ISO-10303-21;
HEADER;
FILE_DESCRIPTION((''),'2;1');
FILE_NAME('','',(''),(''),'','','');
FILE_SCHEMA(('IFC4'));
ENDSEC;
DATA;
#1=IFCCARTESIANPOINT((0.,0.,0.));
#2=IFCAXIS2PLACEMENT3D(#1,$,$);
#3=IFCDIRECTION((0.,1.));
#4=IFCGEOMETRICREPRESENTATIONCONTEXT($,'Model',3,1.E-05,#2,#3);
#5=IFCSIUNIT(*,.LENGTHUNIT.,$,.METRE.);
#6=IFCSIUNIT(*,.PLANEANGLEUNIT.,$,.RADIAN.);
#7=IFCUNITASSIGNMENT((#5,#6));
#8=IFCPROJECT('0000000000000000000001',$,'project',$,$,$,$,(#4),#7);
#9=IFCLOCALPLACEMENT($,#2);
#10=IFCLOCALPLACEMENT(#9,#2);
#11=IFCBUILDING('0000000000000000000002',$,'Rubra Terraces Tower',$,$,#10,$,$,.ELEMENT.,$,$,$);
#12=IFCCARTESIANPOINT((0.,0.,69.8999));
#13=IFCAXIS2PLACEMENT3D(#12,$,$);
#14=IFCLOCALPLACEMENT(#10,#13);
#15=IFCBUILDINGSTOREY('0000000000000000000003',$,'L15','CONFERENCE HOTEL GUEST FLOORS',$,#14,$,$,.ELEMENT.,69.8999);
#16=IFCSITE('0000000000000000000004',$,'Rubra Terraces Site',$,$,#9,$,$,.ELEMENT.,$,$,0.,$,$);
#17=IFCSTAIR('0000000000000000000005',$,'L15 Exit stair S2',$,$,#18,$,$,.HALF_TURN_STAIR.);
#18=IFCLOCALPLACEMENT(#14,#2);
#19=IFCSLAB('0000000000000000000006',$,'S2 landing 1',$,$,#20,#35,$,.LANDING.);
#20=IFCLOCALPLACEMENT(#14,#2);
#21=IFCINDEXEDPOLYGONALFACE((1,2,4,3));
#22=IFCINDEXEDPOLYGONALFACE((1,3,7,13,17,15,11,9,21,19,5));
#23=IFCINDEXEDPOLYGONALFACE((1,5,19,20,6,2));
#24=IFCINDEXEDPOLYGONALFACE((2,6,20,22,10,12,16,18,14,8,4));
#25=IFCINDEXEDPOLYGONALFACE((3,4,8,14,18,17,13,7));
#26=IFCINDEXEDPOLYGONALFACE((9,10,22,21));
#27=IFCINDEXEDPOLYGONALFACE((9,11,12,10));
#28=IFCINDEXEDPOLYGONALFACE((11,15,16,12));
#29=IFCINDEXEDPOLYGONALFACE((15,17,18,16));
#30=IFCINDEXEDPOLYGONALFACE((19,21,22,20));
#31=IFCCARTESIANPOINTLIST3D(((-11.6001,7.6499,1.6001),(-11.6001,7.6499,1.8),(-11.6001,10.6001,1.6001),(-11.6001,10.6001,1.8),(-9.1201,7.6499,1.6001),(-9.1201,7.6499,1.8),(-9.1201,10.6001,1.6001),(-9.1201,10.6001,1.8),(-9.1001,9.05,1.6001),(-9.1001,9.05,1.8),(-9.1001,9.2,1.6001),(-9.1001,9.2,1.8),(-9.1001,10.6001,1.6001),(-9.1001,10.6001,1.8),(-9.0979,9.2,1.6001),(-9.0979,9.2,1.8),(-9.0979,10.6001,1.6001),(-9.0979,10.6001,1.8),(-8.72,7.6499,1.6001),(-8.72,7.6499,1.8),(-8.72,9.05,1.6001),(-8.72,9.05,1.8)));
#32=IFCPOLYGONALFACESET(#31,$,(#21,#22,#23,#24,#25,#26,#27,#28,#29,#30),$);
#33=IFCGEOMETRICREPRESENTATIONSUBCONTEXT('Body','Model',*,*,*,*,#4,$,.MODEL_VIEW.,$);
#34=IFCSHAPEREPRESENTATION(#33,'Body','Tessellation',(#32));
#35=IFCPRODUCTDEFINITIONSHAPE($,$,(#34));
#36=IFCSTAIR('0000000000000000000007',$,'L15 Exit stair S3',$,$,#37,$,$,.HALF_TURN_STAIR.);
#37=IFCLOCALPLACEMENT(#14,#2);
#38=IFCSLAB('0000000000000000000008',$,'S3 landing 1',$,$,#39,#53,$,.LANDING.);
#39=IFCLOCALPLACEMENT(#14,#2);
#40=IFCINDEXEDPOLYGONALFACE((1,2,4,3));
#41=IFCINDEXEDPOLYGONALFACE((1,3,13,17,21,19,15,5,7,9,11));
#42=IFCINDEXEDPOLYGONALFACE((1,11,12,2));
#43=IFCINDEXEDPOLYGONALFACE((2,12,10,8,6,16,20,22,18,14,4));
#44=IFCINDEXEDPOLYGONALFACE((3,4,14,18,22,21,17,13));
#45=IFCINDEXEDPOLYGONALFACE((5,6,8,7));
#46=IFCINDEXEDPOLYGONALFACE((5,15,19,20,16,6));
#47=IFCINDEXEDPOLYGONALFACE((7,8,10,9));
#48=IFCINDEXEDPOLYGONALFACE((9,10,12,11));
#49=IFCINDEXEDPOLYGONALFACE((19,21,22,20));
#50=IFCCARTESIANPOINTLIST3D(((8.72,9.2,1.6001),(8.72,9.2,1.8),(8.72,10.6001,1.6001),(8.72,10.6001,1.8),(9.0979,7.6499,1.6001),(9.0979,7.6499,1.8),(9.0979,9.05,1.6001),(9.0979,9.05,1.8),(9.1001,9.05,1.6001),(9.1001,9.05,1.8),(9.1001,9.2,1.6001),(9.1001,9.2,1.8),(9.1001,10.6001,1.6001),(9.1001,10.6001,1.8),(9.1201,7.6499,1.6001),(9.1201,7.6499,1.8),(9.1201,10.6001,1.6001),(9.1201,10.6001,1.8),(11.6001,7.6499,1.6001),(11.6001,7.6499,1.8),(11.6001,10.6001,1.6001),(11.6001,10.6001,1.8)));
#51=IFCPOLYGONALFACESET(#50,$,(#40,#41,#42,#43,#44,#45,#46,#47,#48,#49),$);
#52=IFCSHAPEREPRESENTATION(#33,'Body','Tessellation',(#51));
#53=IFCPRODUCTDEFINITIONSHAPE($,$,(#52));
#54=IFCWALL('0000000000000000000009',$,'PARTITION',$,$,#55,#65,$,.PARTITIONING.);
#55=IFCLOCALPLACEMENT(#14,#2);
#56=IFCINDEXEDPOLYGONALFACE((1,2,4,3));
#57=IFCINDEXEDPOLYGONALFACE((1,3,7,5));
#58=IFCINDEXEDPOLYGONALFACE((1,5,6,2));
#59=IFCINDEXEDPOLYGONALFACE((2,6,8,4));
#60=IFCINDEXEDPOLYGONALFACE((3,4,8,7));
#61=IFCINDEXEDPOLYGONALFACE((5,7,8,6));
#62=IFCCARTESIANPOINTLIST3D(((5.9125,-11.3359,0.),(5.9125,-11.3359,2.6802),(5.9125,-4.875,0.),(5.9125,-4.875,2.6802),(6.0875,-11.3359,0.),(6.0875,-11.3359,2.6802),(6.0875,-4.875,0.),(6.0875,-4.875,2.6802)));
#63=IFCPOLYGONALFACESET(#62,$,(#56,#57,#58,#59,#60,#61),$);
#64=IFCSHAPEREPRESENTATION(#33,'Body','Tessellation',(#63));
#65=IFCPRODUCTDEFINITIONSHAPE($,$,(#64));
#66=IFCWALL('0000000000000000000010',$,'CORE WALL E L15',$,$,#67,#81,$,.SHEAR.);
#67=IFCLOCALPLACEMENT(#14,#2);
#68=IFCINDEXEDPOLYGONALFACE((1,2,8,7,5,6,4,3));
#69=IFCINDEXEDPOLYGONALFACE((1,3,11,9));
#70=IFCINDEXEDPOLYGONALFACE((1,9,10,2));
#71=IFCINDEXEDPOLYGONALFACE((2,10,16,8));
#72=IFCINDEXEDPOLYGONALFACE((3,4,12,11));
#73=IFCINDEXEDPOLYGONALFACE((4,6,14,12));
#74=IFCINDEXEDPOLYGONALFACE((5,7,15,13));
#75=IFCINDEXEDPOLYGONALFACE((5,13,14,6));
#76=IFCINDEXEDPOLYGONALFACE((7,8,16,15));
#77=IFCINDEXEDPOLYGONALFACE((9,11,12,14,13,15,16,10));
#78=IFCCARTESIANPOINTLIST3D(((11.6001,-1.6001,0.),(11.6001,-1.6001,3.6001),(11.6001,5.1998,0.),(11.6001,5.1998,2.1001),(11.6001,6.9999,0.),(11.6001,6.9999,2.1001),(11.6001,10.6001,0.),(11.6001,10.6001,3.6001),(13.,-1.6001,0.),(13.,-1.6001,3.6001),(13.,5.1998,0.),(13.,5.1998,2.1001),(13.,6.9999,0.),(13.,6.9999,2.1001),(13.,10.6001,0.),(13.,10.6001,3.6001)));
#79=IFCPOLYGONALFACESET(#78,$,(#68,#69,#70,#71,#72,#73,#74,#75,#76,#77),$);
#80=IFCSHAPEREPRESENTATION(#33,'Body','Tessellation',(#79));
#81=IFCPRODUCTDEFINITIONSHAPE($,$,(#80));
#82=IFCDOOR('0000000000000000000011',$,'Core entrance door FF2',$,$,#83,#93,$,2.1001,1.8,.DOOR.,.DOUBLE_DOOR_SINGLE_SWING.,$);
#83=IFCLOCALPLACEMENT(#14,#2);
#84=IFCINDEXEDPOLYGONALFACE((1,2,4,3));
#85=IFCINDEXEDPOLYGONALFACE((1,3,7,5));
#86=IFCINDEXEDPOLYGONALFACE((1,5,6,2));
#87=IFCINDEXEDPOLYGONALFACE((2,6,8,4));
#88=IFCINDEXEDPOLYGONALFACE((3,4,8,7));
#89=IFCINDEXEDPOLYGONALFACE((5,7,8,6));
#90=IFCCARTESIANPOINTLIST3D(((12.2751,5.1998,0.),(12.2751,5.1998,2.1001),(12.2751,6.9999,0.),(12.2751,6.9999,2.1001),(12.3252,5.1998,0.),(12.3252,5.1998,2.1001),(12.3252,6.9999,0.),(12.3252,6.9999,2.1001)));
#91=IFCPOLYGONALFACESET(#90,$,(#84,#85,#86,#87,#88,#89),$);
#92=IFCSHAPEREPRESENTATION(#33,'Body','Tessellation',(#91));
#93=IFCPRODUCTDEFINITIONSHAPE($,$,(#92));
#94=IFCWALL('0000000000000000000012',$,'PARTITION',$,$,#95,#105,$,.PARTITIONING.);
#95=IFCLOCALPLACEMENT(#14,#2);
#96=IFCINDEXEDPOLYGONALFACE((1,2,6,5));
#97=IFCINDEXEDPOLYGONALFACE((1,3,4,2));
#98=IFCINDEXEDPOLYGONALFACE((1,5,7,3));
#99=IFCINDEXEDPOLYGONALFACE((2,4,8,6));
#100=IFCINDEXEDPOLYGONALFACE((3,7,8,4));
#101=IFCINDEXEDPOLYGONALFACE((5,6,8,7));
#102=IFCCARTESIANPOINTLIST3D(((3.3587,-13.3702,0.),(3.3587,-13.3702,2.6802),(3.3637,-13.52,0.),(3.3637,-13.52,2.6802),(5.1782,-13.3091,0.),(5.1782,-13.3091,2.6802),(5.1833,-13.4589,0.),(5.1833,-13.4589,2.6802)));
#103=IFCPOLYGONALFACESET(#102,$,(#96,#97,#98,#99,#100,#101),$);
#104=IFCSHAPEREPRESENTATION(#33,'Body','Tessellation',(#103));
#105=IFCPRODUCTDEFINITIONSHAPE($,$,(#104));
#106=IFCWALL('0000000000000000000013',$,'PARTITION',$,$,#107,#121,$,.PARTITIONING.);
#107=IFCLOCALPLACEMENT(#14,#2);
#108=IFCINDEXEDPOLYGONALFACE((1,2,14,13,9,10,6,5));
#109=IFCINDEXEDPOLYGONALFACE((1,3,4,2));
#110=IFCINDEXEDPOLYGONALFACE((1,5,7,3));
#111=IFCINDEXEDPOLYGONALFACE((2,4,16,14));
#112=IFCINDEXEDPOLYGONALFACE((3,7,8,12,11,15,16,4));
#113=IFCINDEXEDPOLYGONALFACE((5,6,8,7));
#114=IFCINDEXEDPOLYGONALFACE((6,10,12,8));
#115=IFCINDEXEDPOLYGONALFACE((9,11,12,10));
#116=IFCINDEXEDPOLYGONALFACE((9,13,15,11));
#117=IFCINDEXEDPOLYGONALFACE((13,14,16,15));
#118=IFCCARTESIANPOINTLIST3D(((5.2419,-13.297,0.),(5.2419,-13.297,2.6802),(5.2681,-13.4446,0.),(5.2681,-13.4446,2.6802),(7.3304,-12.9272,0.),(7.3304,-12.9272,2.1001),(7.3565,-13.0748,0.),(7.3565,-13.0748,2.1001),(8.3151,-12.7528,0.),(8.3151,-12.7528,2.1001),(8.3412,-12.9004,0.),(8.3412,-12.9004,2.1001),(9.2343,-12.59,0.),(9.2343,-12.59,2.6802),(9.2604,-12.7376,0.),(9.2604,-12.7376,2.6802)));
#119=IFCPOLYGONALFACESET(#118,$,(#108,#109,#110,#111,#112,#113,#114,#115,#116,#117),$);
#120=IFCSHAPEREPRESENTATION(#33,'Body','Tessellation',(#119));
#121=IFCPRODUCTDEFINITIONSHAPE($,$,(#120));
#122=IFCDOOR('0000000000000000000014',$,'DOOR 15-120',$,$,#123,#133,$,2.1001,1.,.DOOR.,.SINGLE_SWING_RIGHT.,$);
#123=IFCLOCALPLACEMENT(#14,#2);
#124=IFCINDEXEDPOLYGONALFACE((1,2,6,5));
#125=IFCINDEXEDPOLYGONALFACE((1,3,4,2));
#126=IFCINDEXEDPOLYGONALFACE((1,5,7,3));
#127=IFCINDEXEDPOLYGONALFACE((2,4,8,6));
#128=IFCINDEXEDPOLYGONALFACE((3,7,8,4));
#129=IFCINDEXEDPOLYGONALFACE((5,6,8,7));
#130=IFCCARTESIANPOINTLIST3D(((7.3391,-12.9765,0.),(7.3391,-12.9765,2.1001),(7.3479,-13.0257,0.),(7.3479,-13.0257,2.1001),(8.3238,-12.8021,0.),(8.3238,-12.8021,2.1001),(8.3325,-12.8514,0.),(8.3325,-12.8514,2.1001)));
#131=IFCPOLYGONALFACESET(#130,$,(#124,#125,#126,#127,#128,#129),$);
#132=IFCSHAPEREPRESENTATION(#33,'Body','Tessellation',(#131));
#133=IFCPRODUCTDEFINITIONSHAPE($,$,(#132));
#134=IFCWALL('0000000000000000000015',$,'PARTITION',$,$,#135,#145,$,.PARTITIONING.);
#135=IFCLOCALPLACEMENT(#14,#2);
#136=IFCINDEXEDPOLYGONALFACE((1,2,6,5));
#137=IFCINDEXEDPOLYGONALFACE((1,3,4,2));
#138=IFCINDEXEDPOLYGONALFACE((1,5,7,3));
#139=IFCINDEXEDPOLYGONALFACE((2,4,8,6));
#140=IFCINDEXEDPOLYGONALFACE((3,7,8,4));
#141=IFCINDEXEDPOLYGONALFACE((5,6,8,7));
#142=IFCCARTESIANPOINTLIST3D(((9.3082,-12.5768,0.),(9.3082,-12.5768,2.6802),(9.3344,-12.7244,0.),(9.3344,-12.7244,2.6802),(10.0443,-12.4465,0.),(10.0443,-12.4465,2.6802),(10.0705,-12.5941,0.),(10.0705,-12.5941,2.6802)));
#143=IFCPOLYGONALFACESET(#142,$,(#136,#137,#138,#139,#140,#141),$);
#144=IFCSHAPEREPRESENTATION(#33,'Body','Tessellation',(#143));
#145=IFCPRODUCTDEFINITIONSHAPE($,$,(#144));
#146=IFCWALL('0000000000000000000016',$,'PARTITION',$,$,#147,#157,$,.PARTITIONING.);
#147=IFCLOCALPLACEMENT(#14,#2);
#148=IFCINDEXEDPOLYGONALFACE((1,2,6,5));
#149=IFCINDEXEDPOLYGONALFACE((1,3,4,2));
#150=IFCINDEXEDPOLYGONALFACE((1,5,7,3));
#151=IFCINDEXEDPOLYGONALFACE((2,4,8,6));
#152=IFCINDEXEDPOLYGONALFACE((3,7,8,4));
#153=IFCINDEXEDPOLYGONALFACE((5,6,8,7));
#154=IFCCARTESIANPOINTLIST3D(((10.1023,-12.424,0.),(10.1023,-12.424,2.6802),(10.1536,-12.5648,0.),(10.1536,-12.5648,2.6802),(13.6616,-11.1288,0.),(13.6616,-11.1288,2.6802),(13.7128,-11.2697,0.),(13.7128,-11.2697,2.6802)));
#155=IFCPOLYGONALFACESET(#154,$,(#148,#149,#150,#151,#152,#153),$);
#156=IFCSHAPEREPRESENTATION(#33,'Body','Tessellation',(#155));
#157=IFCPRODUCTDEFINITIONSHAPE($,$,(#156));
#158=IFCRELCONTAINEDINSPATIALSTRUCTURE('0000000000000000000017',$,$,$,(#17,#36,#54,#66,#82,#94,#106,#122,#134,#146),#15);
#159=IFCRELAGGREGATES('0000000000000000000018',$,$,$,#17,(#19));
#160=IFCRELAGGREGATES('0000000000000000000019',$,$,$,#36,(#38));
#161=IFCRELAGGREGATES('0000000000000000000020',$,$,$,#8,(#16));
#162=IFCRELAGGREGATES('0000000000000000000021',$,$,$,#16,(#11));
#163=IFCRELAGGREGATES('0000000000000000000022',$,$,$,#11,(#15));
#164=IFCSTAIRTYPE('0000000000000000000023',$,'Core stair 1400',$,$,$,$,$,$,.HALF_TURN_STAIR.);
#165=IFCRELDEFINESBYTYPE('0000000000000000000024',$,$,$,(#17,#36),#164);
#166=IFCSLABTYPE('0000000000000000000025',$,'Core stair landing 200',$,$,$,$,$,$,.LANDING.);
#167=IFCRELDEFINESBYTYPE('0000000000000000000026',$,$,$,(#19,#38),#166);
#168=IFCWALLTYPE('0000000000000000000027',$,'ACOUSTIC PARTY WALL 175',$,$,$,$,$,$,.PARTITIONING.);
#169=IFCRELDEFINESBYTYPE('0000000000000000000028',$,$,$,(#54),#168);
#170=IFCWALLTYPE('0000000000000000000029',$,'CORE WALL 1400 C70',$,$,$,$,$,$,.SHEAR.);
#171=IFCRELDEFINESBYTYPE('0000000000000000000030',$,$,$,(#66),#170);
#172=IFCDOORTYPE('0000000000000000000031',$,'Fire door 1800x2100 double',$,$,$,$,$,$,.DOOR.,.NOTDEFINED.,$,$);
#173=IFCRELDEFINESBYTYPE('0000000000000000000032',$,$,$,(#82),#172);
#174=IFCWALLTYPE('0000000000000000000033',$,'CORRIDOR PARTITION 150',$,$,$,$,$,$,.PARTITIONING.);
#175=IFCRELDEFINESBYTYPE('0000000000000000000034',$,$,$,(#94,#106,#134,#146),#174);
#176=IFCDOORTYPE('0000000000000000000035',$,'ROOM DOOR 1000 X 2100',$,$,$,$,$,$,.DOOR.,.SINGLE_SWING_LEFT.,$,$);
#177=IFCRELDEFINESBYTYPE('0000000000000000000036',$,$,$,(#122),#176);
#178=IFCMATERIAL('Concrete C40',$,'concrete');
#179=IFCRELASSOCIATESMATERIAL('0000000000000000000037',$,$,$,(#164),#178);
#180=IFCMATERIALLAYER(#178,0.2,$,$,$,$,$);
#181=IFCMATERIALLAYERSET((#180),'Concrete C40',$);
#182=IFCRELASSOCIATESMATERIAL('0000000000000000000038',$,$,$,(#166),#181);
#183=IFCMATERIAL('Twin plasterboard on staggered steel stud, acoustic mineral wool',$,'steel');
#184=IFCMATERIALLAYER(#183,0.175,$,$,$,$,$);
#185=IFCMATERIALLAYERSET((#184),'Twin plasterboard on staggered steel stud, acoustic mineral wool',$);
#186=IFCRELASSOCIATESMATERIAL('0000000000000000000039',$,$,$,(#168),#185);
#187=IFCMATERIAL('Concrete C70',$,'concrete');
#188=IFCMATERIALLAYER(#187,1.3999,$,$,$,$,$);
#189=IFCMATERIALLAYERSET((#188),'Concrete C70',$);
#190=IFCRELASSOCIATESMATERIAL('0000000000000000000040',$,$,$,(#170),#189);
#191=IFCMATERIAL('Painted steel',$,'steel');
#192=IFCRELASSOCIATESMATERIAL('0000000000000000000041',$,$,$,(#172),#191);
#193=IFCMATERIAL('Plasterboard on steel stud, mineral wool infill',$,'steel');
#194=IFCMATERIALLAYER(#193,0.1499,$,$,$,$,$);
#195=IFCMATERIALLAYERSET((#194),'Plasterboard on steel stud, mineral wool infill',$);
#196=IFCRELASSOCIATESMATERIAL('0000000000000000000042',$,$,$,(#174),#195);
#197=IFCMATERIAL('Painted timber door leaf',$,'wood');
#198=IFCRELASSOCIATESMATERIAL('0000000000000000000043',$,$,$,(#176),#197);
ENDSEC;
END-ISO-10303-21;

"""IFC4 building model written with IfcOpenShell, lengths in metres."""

from ifc_helpers import new_model, si_unit, direction, frame, frame_2d, origin, place, context, subcontext, project, spatial, polyline, rectangle, outline, extrude, material, layer, layer_set, type_object, element, fill, aggregate, save


model = new_model("IFC4")

# Units and contexts
model_context = context("Model", 3, precision=1e-05, world=origin(), true_north=direction((0.0, 1.0)))
body_context = subcontext(model_context, "Body", "Model", "MODEL_VIEW")
ifc_project = project(units=[si_unit("LENGTHUNIT", "METRE"), si_unit("PLANEANGLEUNIT", "RADIAN")], contexts=[model_context])

# Site, building, storey
site_placement = place(None, origin())
site = spatial("IfcSite", under=ifc_project, at=site_placement, Name="Rubra Terraces Site", CompositionType="ELEMENT", RefElevation=0.0)
building_placement = place(site_placement, origin())
building = spatial("IfcBuilding", under=site, at=building_placement, Name="Rubra Terraces Tower", CompositionType="ELEMENT")
storey_placement = place(building_placement, frame((0.0, 0.0, 69.8999)))
storey = spatial("IfcBuildingStorey", under=building, at=storey_placement, Name="L15", Description="CONFERENCE HOTEL GUEST FLOORS", CompositionType="ELEMENT", Elevation=69.8999)

# Stairs, slabs
ifc_material_1 = material(Name="Concrete C40", Category="concrete")
stair_type = type_object("IfcStairType", Name="Core stair 1400", PredefinedType="HALF_TURN_STAIR", material=ifc_material_1)
stair_1_placement = place(storey_placement, origin())
stair_1 = element("IfcStair", 1, at=stair_1_placement, inside=storey, type_object=stair_type, Name="L15 Exit stair S2", PredefinedType="HALF_TURN_STAIR")
ifc_layer_1 = layer(ifc_material_1, 0.2)
ifc_layer_set_1 = layer_set([ifc_layer_1], Name="Concrete C40")
slab_type = type_object("IfcSlabType", Name="Core stair landing 200", PredefinedType="LANDING", material=ifc_layer_set_1)
slab_1_placement = place(storey_placement, frame((0.0, 0.0, 1.6001)))
slab_1 = element("IfcSlab", 2, at=slab_1_placement, type_object=slab_type, Name="S2 landing 1", PredefinedType="LANDING", context=body_context, shape_type="SweptSolid", body=[
    extrude(outline(polyline([(-8.72, 9.05), (-8.72, 7.6499), (-9.1201, 7.6499), (-11.6001, 7.6499), (-11.6001, 10.6001), (-9.1201, 10.6001), (-9.1001, 10.6001), (-9.0979, 10.6001), (-9.0979, 9.2), (-9.1001, 9.2), (-9.1001, 9.05), (-8.72, 9.05)])), origin(), (0.0, 0.0, 1.0), 0.2),
])
aggregate(stair_1, [slab_1])
stair_2_placement = place(storey_placement, origin())
stair_2 = element("IfcStair", 3, at=stair_2_placement, inside=storey, type_object=stair_type, Name="L15 Exit stair S3", PredefinedType="HALF_TURN_STAIR")
slab_2_placement = place(storey_placement, frame((0.0, 0.0, 1.6001)))
slab_2 = element("IfcSlab", 4, at=slab_2_placement, type_object=slab_type, Name="S3 landing 1", PredefinedType="LANDING", context=body_context, shape_type="SweptSolid", body=[
    extrude(outline(polyline([(9.1001, 9.05), (9.1001, 9.2), (8.72, 9.2), (8.72, 10.6001), (9.1001, 10.6001), (9.1201, 10.6001), (11.6001, 10.6001), (11.6001, 7.6499), (9.1201, 7.6499), (9.0979, 7.6499), (9.0979, 9.05), (9.1001, 9.05)])), origin(), (0.0, 0.0, 1.0), 0.2),
])
aggregate(stair_2, [slab_2])

# Wall
ifc_material_2 = material(Name="Twin plasterboard on staggered steel stud, acoustic mineral wool", Category="steel")
ifc_layer_2 = layer(ifc_material_2, 0.175)
ifc_layer_set_2 = layer_set([ifc_layer_2], Name="Twin plasterboard on staggered steel stud, acoustic mineral wool")
wall_type_1 = type_object("IfcWallType", Name="ACOUSTIC PARTY WALL 175", PredefinedType="PARTITIONING", material=ifc_layer_set_2)
wall_1_placement = place(storey_placement, frame((6.0, -11.3359, 0.0), z_axis=(0.0, 0.0, 1.0), x_axis=(0.0, 1.0, 0.0)))
element("IfcWall", 5, at=wall_1_placement, inside=storey, type_object=wall_type_1, Name="PARTITION", PredefinedType="PARTITIONING", context=body_context, shape_type="SweptSolid", body=[
    extrude(rectangle(XDim=6.4609, YDim=0.175, at=frame_2d((3.2305, 0.0))), origin(), (0.0, 0.0, 1.0), 2.6802),
])

# Wall, opening, door
ifc_material_3 = material(Name="Concrete C70", Category="concrete")
ifc_layer_3 = layer(ifc_material_3, 1.3999)
ifc_layer_set_3 = layer_set([ifc_layer_3], Name="Concrete C70")
wall_type_2 = type_object("IfcWallType", Name="CORE WALL 1400 C70", PredefinedType="SHEAR", material=ifc_layer_set_3)
wall_2_placement = place(storey_placement, frame((12.3, -1.6001, 0.0), z_axis=(0.0, 0.0, 1.0), x_axis=(0.0, 1.0, 0.0)))
wall_2 = element("IfcWall", 6, at=wall_2_placement, inside=storey, type_object=wall_type_2, Name="CORE WALL E L15", PredefinedType="SHEAR", context=body_context, shape_type="SweptSolid", body=[
    extrude(rectangle(XDim=12.2002, YDim=1.3999, at=frame_2d((6.1001, 0.0))), origin(), (0.0, 0.0, 1.0), 3.6001),
])
opening_1_placement = place(wall_2_placement, frame((6.8, 0.0, 0.0)))
opening_1 = element("IfcOpeningElement", 7, at=opening_1_placement, cuts=wall_2, PredefinedType="OPENING", context=body_context, shape_type="SweptSolid", body=[
    extrude(rectangle(XDim=1.8, YDim=2.1001, at=frame_2d((0.8999, 1.05))), frame((0.0, 0.71, 0.0), z_axis=(0.0, -1.0, 0.0), x_axis=(1.0, 0.0, 0.0)), (0.0, 0.0, 1.0), 1.4199),
])
ifc_material_4 = material(Name="Painted steel", Category="steel")
door_type_1 = type_object("IfcDoorType", Name="Fire door 1800x2100 double", OperationType="NOTDEFINED", PredefinedType="DOOR", material=ifc_material_4)
door_1_placement = place(opening_1_placement, origin())
door_1 = element("IfcDoor", 8, at=door_1_placement, inside=storey, type_object=door_type_1, Name="Core entrance door FF2", OperationType="DOUBLE_DOOR_SINGLE_SWING", OverallHeight=2.1001, OverallWidth=1.8, PredefinedType="DOOR", context=body_context, shape_type="SweptSolid", body=[
    extrude(rectangle(XDim=1.8, YDim=2.1001, at=frame_2d((0.8999, 1.05))), frame((0.0, 0.0249, 0.0), z_axis=(0.0, -1.0, 0.0), x_axis=(1.0, 0.0, 0.0)), (0.0, 0.0, 1.0), 0.05),
])
fill(opening_1, door_1)

# Wall
ifc_material_5 = material(Name="Plasterboard on steel stud, mineral wool infill", Category="steel")
ifc_layer_4 = layer(ifc_material_5, 0.1499)
ifc_layer_set_4 = layer_set([ifc_layer_4], Name="Plasterboard on steel stud, mineral wool infill")
wall_type_3 = type_object("IfcWallType", Name="CORRIDOR PARTITION 150", PredefinedType="PARTITIONING", material=ifc_layer_set_4)
wall_3_placement = place(storey_placement, frame((3.3613, -13.4451, 0.0), z_axis=(0.0, 0.0, 1.0), x_axis=(0.999438, 0.033525, 0.0)))
element("IfcWall", 9, at=wall_3_placement, inside=storey, type_object=wall_type_3, Name="PARTITION", PredefinedType="PARTITIONING", context=body_context, shape_type="SweptSolid", body=[
    extrude(rectangle(XDim=1.8206, YDim=0.1499, at=frame_2d((0.9102, 0.0))), origin(), (0.0, 0.0, 1.0), 2.6802),
])

# Wall, opening, door
wall_4_placement = place(storey_placement, frame((5.2549, -13.3708, 0.0), z_axis=(0.0, 0.0, 1.0), x_axis=(0.984679, 0.17438, 0.0)))
wall_4 = element("IfcWall", 10, at=wall_4_placement, inside=storey, type_object=wall_type_3, Name="PARTITION", PredefinedType="PARTITIONING", context=body_context, shape_type="SweptSolid", body=[
    extrude(rectangle(XDim=4.0544, YDim=0.1499, at=frame_2d((2.0273, 0.0))), origin(), (0.0, 0.0, 1.0), 2.6802),
])
opening_2_placement = place(wall_4_placement, frame((2.1211, 0.0, 0.0)))
opening_2 = element("IfcOpeningElement", 11, at=opening_2_placement, cuts=wall_4, PredefinedType="OPENING", context=body_context, shape_type="SweptSolid", body=[
    extrude(rectangle(XDim=1.0, YDim=2.1001, at=frame_2d((0.5, 1.05))), frame((0.0, 0.085, 0.0), z_axis=(0.0, -1.0, 0.0), x_axis=(1.0, 0.0, 0.0)), (0.0, 0.0, 1.0), 0.1699),
])
ifc_material_6 = material(Name="Painted timber door leaf", Category="wood")
door_type_2 = type_object("IfcDoorType", Name="ROOM DOOR 1000 X 2100", OperationType="SINGLE_SWING_LEFT", PredefinedType="DOOR", material=ifc_material_6)
door_2_placement = place(opening_2_placement, origin())
door_2 = element("IfcDoor", 12, at=door_2_placement, inside=storey, type_object=door_type_2, Name="DOOR 15-120", OperationType="SINGLE_SWING_RIGHT", OverallHeight=2.1001, OverallWidth=1.0, PredefinedType="DOOR", context=body_context, shape_type="SweptSolid", body=[
    extrude(rectangle(XDim=1.0, YDim=2.1001, at=frame_2d((0.5, 1.05))), frame((0.0, 0.0249, 0.0), z_axis=(0.0, -1.0, 0.0), x_axis=(1.0, 0.0, 0.0)), (0.0, 0.0, 1.0), 0.05),
])
fill(opening_2, door_2)

# Walls
wall_5_placement = place(storey_placement, frame((9.3213, -12.6506, 0.0), z_axis=(0.0, 0.0, 1.0), x_axis=(0.984675, 0.1744, 0.0)))
element("IfcWall", 13, at=wall_5_placement, inside=storey, type_object=wall_type_3, Name="PARTITION", PredefinedType="PARTITIONING", context=body_context, shape_type="SweptSolid", body=[
    extrude(rectangle(XDim=0.7476, YDim=0.1499, at=frame_2d((0.3738, 0.0))), origin(), (0.0, 0.0, 1.0), 2.6802),
])
wall_6_placement = place(storey_placement, frame((10.1279, -12.4944, 0.0), z_axis=(0.0, 0.0, 1.0), x_axis=(0.93972, 0.341945, 0.0)))
element("IfcWall", 14, at=wall_6_placement, inside=storey, type_object=wall_type_3, Name="PARTITION", PredefinedType="PARTITIONING", context=body_context, shape_type="SweptSolid", body=[
    extrude(rectangle(XDim=3.7876, YDim=0.1499, at=frame_2d((1.8938, 0.0))), origin(), (0.0, 0.0, 1.0), 2.6802),
])

save(model, "model.ifc")
